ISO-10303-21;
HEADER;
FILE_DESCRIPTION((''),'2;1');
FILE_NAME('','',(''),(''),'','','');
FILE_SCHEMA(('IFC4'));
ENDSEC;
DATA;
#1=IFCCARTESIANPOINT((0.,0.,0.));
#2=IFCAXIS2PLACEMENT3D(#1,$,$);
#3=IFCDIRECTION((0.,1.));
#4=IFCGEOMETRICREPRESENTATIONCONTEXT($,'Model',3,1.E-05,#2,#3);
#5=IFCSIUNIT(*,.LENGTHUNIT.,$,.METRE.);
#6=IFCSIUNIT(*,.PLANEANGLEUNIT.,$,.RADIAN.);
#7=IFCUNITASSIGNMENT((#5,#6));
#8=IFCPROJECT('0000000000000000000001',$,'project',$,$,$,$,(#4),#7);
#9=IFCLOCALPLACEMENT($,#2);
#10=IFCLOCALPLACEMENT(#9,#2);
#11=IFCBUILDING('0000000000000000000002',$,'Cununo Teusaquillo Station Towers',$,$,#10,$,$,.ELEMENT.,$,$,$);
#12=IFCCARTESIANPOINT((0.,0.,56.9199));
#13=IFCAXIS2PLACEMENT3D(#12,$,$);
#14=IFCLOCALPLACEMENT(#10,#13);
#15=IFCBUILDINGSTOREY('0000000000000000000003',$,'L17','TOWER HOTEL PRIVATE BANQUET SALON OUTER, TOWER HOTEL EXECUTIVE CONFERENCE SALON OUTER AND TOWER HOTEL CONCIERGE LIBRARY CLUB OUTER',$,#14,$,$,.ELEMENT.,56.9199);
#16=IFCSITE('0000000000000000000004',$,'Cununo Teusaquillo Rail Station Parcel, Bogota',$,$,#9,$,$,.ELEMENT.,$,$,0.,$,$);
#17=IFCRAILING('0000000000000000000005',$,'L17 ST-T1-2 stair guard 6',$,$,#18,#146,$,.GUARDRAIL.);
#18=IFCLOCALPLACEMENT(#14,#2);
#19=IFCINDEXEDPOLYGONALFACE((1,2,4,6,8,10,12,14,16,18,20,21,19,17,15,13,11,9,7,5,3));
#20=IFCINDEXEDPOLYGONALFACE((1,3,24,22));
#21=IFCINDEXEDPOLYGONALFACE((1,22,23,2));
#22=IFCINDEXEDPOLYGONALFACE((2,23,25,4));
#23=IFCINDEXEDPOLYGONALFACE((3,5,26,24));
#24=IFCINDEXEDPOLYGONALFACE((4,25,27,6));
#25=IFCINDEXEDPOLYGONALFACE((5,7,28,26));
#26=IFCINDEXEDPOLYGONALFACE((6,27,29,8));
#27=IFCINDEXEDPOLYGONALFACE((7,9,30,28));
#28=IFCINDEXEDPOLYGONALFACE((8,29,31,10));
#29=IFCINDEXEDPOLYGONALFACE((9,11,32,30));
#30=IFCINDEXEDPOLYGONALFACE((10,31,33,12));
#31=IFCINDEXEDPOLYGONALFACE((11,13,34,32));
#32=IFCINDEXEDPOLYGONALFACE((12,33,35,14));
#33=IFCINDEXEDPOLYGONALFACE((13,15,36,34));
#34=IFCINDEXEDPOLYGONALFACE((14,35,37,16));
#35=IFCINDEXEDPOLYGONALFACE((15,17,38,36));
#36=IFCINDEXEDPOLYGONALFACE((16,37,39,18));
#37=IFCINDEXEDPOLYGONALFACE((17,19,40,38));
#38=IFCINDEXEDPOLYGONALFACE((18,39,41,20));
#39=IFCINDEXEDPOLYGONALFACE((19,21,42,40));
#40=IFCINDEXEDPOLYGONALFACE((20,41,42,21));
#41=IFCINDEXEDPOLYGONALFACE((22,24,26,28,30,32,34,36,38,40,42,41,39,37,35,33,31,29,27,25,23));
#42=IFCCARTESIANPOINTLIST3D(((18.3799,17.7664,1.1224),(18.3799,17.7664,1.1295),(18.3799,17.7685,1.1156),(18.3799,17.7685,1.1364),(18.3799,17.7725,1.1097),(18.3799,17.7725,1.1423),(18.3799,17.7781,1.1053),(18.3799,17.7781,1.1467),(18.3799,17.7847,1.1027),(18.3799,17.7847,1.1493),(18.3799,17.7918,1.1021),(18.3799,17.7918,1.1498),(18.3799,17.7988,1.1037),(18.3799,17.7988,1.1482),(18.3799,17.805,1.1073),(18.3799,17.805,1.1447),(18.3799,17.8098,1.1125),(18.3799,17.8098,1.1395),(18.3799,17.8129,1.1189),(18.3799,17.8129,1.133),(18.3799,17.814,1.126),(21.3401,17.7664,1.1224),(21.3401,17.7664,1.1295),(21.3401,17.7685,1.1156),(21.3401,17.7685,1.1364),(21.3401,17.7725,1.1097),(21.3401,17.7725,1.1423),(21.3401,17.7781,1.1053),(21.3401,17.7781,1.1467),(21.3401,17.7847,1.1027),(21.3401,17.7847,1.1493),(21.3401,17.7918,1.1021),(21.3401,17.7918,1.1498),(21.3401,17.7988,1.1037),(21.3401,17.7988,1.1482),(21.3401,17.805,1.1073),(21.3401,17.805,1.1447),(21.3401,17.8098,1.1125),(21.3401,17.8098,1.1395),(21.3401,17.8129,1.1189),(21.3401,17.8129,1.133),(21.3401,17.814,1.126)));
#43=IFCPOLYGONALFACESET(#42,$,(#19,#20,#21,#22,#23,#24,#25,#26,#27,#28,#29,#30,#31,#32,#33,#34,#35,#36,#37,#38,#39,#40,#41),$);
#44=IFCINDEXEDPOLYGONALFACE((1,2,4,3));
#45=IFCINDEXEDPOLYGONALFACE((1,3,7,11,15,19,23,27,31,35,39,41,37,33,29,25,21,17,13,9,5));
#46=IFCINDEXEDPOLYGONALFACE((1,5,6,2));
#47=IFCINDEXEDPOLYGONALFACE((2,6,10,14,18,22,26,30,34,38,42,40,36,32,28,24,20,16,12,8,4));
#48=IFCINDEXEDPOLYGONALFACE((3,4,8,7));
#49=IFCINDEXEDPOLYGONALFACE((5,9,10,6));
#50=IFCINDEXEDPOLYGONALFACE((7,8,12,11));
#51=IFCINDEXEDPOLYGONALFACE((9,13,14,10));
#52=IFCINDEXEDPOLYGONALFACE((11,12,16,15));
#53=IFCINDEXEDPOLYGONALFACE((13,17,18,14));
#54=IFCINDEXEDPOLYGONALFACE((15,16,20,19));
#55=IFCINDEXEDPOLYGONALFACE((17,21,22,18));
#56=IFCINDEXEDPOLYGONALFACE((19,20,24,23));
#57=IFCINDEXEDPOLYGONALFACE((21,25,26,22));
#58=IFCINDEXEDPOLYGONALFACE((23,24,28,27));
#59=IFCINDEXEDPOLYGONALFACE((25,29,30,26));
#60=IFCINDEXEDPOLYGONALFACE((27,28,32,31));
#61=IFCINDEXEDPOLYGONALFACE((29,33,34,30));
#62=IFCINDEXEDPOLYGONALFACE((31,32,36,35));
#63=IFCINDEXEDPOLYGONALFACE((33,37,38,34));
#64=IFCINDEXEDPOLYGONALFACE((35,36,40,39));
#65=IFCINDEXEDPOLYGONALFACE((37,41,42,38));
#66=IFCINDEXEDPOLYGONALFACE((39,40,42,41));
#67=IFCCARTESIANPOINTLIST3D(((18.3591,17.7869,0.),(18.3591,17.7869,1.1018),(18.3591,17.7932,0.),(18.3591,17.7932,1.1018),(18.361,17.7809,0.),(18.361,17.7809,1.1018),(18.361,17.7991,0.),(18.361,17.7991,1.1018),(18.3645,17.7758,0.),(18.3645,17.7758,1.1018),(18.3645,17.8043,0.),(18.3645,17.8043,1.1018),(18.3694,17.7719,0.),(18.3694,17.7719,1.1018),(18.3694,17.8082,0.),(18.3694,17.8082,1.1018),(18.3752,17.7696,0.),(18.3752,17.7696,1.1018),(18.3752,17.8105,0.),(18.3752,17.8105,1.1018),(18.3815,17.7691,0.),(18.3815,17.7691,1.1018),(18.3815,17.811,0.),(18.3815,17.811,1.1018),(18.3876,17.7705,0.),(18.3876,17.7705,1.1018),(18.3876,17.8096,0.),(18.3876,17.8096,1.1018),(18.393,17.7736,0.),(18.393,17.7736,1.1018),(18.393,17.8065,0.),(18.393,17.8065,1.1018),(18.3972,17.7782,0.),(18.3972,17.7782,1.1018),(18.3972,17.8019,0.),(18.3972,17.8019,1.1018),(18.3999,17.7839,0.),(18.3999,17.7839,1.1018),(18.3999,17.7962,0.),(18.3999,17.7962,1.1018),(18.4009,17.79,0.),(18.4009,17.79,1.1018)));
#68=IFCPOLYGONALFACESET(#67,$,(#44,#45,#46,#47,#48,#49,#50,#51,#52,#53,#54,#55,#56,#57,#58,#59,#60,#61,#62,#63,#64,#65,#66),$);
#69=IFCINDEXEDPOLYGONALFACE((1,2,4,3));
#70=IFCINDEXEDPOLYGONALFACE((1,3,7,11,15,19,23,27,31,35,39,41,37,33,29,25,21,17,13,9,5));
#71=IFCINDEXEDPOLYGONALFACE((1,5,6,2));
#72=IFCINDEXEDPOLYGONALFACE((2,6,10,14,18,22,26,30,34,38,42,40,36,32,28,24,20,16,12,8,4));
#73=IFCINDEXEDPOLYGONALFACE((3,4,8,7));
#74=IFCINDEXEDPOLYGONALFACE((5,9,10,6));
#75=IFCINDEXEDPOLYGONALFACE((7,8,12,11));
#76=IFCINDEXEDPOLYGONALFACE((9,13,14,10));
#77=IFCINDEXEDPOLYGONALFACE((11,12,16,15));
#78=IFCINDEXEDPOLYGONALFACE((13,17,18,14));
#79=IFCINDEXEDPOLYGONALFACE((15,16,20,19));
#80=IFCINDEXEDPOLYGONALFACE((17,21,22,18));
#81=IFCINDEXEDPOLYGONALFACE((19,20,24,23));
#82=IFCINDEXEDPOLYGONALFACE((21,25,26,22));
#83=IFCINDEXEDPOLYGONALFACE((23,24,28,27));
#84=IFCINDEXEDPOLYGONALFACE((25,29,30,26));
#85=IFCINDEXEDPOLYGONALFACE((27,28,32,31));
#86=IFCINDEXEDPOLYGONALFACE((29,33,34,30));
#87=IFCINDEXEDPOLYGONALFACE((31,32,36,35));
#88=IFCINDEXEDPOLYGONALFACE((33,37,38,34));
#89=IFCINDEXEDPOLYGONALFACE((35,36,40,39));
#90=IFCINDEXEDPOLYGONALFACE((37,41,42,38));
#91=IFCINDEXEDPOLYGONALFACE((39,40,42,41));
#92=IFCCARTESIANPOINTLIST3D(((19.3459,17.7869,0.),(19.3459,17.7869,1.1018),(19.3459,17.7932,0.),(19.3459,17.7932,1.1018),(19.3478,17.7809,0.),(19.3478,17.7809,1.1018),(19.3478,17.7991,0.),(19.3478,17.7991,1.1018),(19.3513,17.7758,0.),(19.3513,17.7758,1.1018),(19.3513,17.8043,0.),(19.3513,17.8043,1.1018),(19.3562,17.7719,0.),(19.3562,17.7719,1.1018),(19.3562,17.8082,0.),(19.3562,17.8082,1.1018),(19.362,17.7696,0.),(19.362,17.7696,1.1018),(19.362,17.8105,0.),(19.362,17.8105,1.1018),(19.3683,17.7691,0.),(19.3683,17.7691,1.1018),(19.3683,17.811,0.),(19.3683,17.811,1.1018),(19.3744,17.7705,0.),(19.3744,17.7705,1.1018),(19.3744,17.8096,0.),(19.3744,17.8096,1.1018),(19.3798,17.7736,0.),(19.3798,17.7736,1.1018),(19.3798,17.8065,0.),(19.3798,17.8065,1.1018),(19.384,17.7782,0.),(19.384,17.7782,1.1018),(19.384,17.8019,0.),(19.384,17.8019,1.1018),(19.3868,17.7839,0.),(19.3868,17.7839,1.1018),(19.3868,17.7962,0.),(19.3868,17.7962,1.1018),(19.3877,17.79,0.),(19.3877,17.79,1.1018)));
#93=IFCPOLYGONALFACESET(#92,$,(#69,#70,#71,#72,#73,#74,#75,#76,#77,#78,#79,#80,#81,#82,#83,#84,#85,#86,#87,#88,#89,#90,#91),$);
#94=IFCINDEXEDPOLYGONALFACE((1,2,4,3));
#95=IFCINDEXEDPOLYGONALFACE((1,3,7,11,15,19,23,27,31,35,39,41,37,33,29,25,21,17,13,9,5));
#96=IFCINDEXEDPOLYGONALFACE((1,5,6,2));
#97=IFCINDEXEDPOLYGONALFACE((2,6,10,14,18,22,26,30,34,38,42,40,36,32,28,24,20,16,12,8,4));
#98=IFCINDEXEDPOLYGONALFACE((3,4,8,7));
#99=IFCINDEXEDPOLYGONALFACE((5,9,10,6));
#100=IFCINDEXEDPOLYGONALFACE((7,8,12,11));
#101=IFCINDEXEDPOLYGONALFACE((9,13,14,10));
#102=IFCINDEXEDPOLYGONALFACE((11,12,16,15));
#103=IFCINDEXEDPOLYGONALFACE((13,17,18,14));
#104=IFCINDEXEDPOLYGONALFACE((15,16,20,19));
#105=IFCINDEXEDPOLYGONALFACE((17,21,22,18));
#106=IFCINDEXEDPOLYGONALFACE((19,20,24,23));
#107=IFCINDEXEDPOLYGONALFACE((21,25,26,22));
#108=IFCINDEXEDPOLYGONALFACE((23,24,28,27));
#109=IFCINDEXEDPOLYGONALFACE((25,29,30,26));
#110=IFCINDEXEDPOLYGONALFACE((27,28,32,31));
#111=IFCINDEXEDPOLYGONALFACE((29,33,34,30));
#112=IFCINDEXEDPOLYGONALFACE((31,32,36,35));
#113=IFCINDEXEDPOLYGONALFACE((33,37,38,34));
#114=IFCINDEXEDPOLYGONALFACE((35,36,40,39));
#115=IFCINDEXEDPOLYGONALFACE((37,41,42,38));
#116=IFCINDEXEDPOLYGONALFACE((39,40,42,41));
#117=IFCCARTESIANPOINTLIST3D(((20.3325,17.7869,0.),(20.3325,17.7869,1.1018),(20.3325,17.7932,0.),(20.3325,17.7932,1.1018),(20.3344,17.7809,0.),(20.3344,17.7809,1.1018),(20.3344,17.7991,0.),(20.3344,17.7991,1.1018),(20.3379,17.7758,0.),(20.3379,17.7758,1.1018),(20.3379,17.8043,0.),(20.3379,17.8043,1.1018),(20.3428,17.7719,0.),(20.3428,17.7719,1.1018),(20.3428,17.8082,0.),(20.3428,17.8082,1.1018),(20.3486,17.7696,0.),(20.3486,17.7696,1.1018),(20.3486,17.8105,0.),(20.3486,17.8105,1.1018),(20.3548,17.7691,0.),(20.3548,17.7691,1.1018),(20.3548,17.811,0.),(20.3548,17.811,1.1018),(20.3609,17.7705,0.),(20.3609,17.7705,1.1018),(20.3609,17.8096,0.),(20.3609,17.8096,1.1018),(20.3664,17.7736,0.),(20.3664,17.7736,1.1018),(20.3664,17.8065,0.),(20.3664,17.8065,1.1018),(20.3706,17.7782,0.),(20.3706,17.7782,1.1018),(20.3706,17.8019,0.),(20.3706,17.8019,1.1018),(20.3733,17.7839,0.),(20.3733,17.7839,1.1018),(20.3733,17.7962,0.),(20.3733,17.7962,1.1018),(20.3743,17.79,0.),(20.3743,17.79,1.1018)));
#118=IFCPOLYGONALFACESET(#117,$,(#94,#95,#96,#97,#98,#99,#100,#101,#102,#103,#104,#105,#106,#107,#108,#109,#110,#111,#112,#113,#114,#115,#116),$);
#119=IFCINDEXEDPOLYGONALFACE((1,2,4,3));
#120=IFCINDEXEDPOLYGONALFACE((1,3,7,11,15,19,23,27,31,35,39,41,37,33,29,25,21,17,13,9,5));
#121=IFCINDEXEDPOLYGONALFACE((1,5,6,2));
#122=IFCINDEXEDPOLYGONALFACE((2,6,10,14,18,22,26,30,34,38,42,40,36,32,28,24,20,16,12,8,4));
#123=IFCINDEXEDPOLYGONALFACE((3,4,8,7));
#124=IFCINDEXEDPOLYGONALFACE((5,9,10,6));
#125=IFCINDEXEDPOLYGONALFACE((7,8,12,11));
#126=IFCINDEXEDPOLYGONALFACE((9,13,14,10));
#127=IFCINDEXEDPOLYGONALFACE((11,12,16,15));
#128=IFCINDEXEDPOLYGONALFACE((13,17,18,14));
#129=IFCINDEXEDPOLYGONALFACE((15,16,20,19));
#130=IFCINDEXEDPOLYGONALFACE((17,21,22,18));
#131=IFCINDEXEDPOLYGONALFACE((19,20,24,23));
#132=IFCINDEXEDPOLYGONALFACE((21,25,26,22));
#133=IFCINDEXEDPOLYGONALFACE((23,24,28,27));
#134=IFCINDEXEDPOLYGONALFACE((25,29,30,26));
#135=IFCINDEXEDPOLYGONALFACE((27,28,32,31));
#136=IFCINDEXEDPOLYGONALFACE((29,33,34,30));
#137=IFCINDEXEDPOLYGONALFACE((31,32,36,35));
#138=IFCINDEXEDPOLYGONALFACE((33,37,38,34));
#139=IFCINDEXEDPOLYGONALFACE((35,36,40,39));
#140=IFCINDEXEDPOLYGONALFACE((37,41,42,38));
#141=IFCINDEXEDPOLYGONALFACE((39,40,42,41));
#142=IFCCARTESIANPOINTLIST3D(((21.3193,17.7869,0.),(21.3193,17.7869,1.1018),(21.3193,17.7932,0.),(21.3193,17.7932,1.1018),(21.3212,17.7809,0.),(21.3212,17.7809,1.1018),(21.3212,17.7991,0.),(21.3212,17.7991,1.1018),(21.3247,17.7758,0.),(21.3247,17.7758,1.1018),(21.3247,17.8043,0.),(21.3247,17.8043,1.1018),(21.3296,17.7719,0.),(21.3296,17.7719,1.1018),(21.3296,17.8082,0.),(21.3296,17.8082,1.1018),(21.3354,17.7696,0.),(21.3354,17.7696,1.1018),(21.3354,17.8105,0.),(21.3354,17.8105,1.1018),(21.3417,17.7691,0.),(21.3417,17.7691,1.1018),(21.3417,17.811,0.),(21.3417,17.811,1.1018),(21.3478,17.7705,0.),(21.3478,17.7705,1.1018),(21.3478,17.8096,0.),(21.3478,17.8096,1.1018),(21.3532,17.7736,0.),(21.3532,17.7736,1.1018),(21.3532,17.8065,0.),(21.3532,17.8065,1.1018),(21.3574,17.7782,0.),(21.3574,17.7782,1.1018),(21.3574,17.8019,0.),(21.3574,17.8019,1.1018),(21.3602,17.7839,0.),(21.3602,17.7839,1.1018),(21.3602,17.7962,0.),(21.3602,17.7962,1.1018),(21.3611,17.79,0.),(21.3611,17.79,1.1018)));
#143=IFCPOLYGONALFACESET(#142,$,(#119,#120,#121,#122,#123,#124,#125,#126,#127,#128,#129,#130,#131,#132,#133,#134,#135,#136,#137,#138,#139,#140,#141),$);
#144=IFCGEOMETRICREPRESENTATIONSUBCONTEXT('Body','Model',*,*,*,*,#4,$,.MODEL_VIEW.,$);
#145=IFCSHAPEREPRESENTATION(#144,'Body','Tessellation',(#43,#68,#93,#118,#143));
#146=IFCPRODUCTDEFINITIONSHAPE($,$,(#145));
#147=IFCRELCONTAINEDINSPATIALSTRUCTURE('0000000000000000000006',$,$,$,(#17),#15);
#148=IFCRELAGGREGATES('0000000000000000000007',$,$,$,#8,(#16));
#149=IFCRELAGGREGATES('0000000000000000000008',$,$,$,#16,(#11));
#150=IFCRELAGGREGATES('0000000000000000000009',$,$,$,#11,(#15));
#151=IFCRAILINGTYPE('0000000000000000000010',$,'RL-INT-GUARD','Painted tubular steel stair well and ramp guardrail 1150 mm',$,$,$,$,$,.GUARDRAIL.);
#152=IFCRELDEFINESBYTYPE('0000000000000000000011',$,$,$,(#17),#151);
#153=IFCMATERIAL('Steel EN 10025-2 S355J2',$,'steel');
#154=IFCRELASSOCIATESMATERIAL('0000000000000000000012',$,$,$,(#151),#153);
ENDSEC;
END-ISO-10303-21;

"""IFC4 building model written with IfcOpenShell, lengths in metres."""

from ifc_helpers import new_model, si_unit, direction, frame, origin, origin_2d, place, context, subcontext, project, spatial, circle, extrude, material, type_object, element, save


model = new_model("IFC4")

# Units and contexts
model_context = context("Model", 3, precision=1e-05, world=origin(), true_north=direction((0.0, 1.0)))
body_context = subcontext(model_context, "Body", "Model", "MODEL_VIEW")
ifc_project = project(units=[si_unit("LENGTHUNIT", "METRE"), si_unit("PLANEANGLEUNIT", "RADIAN")], contexts=[model_context])

# Site, building, storey
site_placement = place(None, origin())
site = spatial("IfcSite", under=ifc_project, at=site_placement, Name="Cununo Teusaquillo Rail Station Parcel, Bogota", CompositionType="ELEMENT", RefElevation=0.0)
building_placement = place(site_placement, origin())
building = spatial("IfcBuilding", under=site, at=building_placement, Name="Cununo Teusaquillo Station Towers", CompositionType="ELEMENT")
storey_placement = place(building_placement, frame((0.0, 0.0, 56.9199)))
storey = spatial("IfcBuildingStorey", under=building, at=storey_placement, Name="L17", Description="TOWER HOTEL PRIVATE BANQUET SALON OUTER, TOWER HOTEL EXECUTIVE CONFERENCE SALON OUTER AND TOWER HOTEL CONCIERGE LIBRARY CLUB OUTER", CompositionType="ELEMENT", Elevation=56.9199)

# Railing
ifc_material_1 = material(Name="Steel EN 10025-2 S355J2", Category="steel")
railing_type_1 = type_object("IfcRailingType", Name="RL-INT-GUARD", Description="Painted tubular steel stair well and ramp guardrail 1150 mm", PredefinedType="GUARDRAIL", material=ifc_material_1)
railing_1_placement = place(storey_placement, frame((18.3799, 17.79, 0.0)))
element("IfcRailing", 1, at=railing_1_placement, inside=storey, type_object=railing_type_1, Name="L17 ST-T1-2 stair guard 6", PredefinedType="GUARDRAIL", context=body_context, shape_type="SweptSolid", body=[
    extrude(circle(Radius=0.0239, at=origin_2d()), frame((0.0, 0.0, 1.126), z_axis=(1.0, 0.0, 0.0), x_axis=(0.0, 1.0, 0.0)), (0.0, 0.0, 1.0), 2.9602),
    extrude(circle(Radius=0.021, at=origin_2d()), origin(), (0.0, 0.0, 1.0), 1.1018),
    extrude(circle(Radius=0.021, at=origin_2d()), frame((0.9868, 0.0, 0.0)), (0.0, 0.0, 1.0), 1.1018),
    extrude(circle(Radius=0.021, at=origin_2d()), frame((1.9734, 0.0, 0.0)), (0.0, 0.0, 1.0), 1.1018),
    extrude(circle(Radius=0.021, at=origin_2d()), frame((2.9602, 0.0, 0.0)), (0.0, 0.0, 1.0), 1.1018),
])

save(model, "model.ifc")
